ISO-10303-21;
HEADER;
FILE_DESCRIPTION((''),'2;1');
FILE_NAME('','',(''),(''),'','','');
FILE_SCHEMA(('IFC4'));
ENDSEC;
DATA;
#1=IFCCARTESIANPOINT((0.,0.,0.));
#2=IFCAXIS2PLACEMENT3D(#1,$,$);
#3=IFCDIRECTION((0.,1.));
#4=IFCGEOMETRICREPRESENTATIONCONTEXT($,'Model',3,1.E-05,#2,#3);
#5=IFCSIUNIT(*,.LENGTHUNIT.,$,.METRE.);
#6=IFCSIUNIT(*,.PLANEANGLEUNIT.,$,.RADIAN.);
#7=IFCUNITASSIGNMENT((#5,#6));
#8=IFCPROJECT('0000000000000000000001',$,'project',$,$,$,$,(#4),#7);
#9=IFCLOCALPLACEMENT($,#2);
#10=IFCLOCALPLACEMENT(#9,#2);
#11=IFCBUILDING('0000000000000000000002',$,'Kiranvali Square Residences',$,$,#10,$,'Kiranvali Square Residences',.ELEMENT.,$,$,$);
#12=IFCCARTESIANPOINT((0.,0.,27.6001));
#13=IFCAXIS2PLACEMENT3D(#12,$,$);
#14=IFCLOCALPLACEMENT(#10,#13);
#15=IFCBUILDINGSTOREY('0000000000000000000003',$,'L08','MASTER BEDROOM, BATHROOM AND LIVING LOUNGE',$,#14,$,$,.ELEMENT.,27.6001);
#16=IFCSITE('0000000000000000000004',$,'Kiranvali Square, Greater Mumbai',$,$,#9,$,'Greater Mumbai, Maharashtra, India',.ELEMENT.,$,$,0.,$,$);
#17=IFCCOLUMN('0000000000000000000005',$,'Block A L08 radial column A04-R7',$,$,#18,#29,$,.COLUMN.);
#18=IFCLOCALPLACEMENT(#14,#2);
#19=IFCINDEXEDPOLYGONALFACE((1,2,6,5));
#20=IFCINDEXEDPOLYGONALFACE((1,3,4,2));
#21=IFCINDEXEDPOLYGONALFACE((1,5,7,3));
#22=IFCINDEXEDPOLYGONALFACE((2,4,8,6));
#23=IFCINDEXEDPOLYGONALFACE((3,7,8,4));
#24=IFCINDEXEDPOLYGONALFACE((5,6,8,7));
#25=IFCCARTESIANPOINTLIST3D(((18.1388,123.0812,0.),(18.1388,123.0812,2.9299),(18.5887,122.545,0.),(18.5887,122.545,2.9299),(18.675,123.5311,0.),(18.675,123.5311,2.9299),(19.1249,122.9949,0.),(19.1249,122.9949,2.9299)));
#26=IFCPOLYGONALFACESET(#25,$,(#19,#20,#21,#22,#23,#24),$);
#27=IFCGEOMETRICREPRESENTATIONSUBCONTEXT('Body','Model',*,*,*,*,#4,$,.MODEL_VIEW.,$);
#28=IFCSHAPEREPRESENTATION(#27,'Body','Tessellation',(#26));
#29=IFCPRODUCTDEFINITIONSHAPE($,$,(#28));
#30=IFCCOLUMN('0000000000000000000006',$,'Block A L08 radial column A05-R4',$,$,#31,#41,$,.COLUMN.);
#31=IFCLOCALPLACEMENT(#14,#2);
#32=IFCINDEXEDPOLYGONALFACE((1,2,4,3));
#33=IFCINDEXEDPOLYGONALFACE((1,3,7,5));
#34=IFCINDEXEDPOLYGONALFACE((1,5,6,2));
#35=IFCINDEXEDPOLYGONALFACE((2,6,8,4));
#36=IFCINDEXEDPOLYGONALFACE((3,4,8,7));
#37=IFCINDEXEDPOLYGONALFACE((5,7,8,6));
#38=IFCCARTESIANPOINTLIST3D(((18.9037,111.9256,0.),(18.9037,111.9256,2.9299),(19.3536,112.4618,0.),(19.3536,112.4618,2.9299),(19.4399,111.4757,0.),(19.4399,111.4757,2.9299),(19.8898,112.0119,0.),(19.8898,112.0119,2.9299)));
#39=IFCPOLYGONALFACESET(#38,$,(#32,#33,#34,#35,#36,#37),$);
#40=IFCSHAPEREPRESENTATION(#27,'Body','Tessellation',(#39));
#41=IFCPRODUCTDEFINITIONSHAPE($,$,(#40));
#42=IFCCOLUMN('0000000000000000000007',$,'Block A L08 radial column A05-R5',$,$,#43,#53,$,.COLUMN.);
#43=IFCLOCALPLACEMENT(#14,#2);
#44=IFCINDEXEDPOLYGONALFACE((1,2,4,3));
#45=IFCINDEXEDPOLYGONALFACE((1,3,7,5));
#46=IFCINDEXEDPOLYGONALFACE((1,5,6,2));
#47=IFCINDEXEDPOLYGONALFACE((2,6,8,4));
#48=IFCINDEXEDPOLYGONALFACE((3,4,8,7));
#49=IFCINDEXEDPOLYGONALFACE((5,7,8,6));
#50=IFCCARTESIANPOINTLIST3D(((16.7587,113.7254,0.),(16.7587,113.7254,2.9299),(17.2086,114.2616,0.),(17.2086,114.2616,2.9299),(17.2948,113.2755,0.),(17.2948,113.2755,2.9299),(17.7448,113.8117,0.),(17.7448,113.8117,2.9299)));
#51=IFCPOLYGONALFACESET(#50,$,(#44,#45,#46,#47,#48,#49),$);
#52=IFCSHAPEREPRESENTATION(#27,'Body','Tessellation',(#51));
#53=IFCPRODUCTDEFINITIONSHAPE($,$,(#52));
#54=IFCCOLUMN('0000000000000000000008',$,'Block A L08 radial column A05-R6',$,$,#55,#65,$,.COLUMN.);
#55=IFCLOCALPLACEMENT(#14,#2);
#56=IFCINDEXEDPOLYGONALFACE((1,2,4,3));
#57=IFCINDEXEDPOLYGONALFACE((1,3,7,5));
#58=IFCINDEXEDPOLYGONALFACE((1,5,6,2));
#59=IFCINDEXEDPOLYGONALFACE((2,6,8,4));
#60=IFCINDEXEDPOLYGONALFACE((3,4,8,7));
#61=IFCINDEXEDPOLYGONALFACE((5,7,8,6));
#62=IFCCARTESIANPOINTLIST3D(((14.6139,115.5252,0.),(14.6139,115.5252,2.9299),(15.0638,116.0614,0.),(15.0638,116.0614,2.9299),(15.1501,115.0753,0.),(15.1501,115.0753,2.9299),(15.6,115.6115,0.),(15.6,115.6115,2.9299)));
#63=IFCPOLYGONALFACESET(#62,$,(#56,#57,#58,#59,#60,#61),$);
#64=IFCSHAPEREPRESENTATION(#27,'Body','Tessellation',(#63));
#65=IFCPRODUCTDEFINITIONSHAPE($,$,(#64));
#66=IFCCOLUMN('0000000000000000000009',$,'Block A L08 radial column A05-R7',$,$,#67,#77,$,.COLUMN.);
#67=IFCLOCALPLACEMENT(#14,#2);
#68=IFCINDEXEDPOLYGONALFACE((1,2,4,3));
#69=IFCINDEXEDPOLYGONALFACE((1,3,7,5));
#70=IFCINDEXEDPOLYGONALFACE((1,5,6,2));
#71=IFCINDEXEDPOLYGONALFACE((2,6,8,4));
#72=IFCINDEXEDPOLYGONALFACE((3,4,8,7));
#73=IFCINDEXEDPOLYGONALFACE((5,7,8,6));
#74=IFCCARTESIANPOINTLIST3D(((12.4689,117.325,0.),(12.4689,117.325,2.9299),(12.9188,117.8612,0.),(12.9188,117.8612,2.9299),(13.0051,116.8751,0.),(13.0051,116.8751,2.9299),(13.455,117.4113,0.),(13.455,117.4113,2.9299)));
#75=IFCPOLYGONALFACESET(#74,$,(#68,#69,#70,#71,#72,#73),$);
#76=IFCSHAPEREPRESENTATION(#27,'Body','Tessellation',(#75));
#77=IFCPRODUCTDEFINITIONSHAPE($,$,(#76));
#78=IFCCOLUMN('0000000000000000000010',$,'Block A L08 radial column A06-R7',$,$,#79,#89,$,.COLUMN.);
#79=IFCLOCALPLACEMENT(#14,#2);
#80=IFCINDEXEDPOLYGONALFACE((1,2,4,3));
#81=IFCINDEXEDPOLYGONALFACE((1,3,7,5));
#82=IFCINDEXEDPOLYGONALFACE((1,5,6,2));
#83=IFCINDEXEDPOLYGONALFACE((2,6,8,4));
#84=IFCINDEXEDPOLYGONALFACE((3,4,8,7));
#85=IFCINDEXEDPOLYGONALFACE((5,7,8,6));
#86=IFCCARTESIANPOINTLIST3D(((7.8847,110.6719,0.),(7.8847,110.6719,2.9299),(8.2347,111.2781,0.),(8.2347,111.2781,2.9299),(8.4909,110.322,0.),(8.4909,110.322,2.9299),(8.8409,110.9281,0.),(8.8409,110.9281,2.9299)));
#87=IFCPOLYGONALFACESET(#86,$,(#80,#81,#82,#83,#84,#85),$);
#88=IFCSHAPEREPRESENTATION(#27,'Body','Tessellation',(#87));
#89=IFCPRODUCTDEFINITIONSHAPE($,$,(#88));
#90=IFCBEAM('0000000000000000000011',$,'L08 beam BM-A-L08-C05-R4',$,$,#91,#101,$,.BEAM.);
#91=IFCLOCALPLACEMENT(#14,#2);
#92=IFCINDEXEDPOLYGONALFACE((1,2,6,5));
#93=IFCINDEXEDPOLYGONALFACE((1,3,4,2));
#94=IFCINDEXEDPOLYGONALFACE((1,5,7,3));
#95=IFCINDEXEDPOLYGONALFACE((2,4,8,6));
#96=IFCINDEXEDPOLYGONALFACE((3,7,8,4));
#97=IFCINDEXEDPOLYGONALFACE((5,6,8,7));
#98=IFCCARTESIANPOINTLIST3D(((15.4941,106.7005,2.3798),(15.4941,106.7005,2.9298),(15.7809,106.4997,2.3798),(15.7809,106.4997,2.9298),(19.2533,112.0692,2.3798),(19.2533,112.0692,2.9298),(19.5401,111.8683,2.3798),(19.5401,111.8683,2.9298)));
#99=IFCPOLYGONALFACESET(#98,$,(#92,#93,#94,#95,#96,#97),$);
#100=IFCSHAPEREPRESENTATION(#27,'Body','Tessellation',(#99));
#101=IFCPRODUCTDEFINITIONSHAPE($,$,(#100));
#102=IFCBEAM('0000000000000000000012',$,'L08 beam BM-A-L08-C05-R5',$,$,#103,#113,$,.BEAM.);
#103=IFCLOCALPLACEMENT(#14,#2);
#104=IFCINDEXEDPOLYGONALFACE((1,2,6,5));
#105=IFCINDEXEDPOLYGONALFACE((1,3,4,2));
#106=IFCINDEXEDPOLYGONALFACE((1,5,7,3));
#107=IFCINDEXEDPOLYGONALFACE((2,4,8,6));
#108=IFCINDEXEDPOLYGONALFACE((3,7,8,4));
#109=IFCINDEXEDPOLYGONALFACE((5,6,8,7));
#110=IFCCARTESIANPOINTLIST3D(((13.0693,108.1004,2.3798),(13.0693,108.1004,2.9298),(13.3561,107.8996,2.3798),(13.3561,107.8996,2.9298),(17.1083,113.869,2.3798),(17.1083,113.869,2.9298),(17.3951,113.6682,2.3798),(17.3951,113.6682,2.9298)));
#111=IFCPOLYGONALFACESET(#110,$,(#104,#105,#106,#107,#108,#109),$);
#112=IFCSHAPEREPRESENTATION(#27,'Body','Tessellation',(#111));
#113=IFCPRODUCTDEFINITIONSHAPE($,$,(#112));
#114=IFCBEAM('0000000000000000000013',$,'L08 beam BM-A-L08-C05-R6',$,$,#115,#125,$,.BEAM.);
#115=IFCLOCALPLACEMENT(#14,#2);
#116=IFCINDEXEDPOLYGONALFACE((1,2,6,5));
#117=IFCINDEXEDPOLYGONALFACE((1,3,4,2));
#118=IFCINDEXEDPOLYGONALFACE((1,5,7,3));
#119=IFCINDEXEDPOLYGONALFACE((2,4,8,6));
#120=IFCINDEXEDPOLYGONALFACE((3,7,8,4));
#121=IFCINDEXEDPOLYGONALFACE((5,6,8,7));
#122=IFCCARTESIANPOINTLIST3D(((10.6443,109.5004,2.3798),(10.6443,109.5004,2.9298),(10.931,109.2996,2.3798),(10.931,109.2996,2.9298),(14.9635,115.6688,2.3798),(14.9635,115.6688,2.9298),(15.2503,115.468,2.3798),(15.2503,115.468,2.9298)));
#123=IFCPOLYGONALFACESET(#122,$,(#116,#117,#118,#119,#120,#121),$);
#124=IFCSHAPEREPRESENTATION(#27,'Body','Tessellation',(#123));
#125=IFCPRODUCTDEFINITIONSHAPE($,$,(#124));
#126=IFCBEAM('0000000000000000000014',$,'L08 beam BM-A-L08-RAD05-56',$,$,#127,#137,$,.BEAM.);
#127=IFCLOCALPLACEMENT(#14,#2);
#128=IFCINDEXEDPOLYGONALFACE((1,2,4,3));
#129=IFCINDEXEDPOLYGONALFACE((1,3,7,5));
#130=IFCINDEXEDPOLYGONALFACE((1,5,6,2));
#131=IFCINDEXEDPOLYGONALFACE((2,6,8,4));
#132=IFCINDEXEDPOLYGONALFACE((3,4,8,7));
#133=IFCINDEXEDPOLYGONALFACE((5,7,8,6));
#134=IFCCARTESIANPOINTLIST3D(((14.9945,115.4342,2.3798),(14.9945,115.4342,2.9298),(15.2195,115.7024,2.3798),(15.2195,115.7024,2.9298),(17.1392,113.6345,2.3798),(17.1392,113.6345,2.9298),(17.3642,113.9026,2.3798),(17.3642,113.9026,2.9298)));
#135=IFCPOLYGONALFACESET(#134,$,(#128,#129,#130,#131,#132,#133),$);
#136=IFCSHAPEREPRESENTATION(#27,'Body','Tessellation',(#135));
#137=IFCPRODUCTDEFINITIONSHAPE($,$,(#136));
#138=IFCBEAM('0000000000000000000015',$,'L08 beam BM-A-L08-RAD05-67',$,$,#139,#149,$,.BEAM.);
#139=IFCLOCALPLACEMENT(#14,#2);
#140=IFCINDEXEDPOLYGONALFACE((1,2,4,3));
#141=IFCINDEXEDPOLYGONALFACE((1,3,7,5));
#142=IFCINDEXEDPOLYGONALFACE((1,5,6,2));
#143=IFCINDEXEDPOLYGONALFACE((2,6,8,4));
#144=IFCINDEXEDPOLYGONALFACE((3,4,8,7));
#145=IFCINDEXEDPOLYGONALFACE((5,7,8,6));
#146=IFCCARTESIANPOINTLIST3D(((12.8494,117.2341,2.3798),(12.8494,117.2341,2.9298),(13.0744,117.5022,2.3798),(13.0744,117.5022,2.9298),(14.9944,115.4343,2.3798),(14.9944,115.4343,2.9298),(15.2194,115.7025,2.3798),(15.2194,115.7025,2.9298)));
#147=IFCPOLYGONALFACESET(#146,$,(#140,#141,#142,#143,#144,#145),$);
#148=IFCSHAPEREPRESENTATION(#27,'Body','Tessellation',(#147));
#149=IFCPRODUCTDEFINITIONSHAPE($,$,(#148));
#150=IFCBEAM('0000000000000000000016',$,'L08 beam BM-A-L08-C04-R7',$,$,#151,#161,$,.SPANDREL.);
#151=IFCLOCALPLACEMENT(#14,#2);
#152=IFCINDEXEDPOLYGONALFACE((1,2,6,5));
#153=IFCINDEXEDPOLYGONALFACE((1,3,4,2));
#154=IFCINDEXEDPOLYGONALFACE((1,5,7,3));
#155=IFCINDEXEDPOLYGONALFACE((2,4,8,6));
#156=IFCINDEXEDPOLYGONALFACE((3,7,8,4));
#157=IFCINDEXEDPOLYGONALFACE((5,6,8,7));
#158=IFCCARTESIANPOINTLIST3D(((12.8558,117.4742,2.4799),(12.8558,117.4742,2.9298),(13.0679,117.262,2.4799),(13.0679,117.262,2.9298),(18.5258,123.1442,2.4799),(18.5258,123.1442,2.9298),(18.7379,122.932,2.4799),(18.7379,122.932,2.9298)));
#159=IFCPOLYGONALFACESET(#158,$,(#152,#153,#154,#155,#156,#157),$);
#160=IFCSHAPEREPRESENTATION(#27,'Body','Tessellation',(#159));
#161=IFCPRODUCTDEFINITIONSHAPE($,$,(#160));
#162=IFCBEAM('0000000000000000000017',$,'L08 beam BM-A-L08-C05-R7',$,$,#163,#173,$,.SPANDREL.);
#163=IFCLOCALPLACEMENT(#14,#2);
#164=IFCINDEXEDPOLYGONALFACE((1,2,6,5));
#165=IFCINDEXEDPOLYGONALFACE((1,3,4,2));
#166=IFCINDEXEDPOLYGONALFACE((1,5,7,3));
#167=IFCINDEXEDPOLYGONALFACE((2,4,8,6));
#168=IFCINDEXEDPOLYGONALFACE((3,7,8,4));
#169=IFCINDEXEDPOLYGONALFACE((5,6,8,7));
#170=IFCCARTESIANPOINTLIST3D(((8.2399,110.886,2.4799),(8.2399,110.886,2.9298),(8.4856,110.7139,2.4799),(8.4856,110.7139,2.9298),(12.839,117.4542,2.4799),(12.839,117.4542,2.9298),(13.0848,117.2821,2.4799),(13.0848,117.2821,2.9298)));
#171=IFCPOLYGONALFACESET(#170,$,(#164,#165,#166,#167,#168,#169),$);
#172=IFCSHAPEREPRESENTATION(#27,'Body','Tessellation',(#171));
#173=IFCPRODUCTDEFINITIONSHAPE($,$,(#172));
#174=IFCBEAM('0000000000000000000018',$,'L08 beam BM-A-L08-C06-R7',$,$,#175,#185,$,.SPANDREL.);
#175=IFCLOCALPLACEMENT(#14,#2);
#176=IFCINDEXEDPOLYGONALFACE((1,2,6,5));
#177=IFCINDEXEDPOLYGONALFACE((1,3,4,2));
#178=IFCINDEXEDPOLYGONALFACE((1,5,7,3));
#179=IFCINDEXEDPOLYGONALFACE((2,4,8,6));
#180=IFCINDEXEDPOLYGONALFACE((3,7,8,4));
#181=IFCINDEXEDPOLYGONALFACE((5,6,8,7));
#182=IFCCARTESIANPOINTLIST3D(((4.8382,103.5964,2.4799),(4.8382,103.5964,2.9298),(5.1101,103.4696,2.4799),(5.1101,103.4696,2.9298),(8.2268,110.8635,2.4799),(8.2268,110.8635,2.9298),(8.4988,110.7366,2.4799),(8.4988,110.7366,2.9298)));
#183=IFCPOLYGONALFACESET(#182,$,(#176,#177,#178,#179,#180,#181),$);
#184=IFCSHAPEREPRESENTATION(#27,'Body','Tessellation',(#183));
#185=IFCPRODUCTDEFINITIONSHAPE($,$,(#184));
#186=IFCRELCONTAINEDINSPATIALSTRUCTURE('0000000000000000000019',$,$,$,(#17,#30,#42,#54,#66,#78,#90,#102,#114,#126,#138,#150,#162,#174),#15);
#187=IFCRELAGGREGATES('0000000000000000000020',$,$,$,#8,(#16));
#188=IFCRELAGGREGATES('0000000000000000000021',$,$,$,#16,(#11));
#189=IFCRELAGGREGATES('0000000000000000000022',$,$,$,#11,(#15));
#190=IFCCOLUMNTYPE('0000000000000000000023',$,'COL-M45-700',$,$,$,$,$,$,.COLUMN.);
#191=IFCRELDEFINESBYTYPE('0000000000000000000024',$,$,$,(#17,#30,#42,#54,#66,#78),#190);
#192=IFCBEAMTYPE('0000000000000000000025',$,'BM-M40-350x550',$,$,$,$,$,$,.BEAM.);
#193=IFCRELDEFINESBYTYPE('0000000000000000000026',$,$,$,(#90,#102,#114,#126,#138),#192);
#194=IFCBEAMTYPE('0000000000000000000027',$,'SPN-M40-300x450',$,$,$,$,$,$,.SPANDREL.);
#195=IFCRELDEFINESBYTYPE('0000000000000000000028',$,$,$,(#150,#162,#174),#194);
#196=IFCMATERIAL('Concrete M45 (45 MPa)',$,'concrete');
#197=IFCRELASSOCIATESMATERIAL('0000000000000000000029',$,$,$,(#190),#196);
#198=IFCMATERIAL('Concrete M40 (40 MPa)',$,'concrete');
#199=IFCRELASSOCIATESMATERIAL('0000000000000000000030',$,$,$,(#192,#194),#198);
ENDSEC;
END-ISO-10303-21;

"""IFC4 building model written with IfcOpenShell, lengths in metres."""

from ifc_helpers import new_model, si_unit, direction, frame, origin, origin_2d, place, context, subcontext, project, spatial, rectangle, extrude, material, material_profile, profile_set, type_object, element, save


model = new_model("IFC4")

# Units and contexts
model_context = context("Model", 3, precision=1e-05, world=origin(), true_north=direction((0.0, 1.0)))
body_context = subcontext(model_context, "Body", "Model", "MODEL_VIEW")
ifc_project = project(units=[si_unit("LENGTHUNIT", "METRE"), si_unit("PLANEANGLEUNIT", "RADIAN")], contexts=[model_context])

# Site, building, storey
site_placement = place(None, origin())
site = spatial("IfcSite", under=ifc_project, at=site_placement, Name="Kiranvali Square, Greater Mumbai", LongName="Greater Mumbai, Maharashtra, India", CompositionType="ELEMENT", RefElevation=0.0)
building_placement = place(site_placement, origin())
building = spatial("IfcBuilding", under=site, at=building_placement, Name="Kiranvali Square Residences", LongName="Kiranvali Square Residences", CompositionType="ELEMENT")
storey_placement = place(building_placement, frame((0.0, 0.0, 27.6001)))
storey = spatial("IfcBuildingStorey", under=building, at=storey_placement, Name="L08", Description="MASTER BEDROOM, BATHROOM AND LIVING LOUNGE", CompositionType="ELEMENT", Elevation=27.6001)

# Columns
ifc_material_1 = material(Name="Concrete M45 (45 MPa)", Category="concrete")
ifc_material_profile_1 = material_profile(ifc_material_1, rectangle(XDim=0.7, YDim=0.7, at=origin_2d()), Name="RC 700x700")
ifc_profile_set_1 = profile_set([ifc_material_profile_1], Name="Concrete M45 (45 MPa)")
column_type = type_object("IfcColumnType", Name="COL-M45-700", PredefinedType="COLUMN", material=ifc_profile_set_1)
for number, where, z_axis, x_axis, name in (
    (1, (18.6318, 123.0381, 0.0), (0.0, 0.0, 1.0), (0.766044, 0.642788, 0.0), "Block A L08 radial column A04-R7"),
    (2, (19.3967, 111.9688, 0.0), (0.0, 0.0, 1.0), (0.642788, 0.766044, 0.0), "Block A L08 radial column A05-R4"),
    (3, (17.2517, 113.7686, 0.0), (0.0, 0.0, 1.0), (0.642788, 0.766044, 0.0), "Block A L08 radial column A05-R5"),
    (4, (15.1069, 115.5684, 0.0), (0.0, 0.0, 1.0), (0.642788, 0.766044, 0.0), "Block A L08 radial column A05-R6"),
    (5, (12.9619, 117.3682, 0.0), (0.0, 0.0, 1.0), (0.642788, 0.766044, 0.0), "Block A L08 radial column A05-R7"),
    (6, (8.3628, 110.8, 0.0), (0.0, 0.0, 1.0), (0.5, 0.866025, 0.0), "Block A L08 radial column A06-R7"),
):
    element("IfcColumn", number, at=place(storey_placement, frame(where, z_axis=z_axis, x_axis=x_axis)), inside=storey, type_object=column_type, Name=name, PredefinedType="COLUMN", context=body_context, shape_type="SweptSolid", body=[
        extrude(rectangle(XDim=0.7, YDim=0.7, at=origin_2d()), origin(), (0.0, 0.0, 1.0), 2.9299),
    ])

# Beams
ifc_material_2 = material(Name="Concrete M40 (40 MPa)", Category="concrete")
ifc_material_profile_2 = material_profile(ifc_material_2, rectangle(XDim=0.3501, YDim=0.55, at=origin_2d()), Name="RC 350x550")
ifc_profile_set_2 = profile_set([ifc_material_profile_2], Name="Concrete M40 (40 MPa)")
beam_type_1 = type_object("IfcBeamType", Name="BM-M40-350x550", PredefinedType="BEAM", material=ifc_profile_set_2)
beam_1_placement = place(storey_placement, frame((19.3967, 111.9688, 2.6548), z_axis=(-0.573587, -0.819144, 0.0), x_axis=(0.819144, -0.573587, 0.0)))
element("IfcBeam", 7, at=beam_1_placement, inside=storey, type_object=beam_type_1, Name="L08 beam BM-A-L08-C05-R4", PredefinedType="BEAM", context=body_context, shape_type="SweptSolid", body=[
    extrude(rectangle(XDim=0.3501, YDim=0.55, at=origin_2d()), origin(), (0.0, 0.0, 1.0), 6.554),
])
beam_2_placement = place(storey_placement, frame((17.2517, 113.7686, 2.6548), z_axis=(-0.573565, -0.81916, 0.0), x_axis=(0.81916, -0.573565, 0.0)))
element("IfcBeam", 8, at=beam_2_placement, inside=storey, type_object=beam_type_1, Name="L08 beam BM-A-L08-C05-R5", PredefinedType="BEAM", context=body_context, shape_type="SweptSolid", body=[
    extrude(rectangle(XDim=0.3501, YDim=0.55, at=origin_2d()), origin(), (0.0, 0.0, 1.0), 7.042),
])
beam_3_placement = place(storey_placement, frame((15.1069, 115.5684, 2.6548), z_axis=(-0.573589, -0.819144, 0.0), x_axis=(0.819144, -0.573589, 0.0)))
element("IfcBeam", 9, at=beam_3_placement, inside=storey, type_object=beam_type_1, Name="L08 beam BM-A-L08-C05-R6", PredefinedType="BEAM", context=body_context, shape_type="SweptSolid", body=[
    extrude(rectangle(XDim=0.3501, YDim=0.55, at=origin_2d()), origin(), (0.0, 0.0, 1.0), 7.5303),
])
beam_4_placement = place(storey_placement, frame((17.2517, 113.7686, 2.6548), z_axis=(-0.766023, 0.642814, 0.0), x_axis=(-0.642814, -0.766023, 0.0)))
element("IfcBeam", 10, at=beam_4_placement, inside=storey, type_object=beam_type_1, Name="L08 beam BM-A-L08-RAD05-56", PredefinedType="BEAM", context=body_context, shape_type="SweptSolid", body=[
    extrude(rectangle(XDim=0.3501, YDim=0.55, at=origin_2d()), origin(), (0.0, 0.0, 1.0), 2.7998),
])
beam_5_placement = place(storey_placement, frame((15.1069, 115.5684, 2.6548), z_axis=(-0.766059, 0.642771, 0.0), x_axis=(-0.642771, -0.766059, 0.0)))
element("IfcBeam", 11, at=beam_5_placement, inside=storey, type_object=beam_type_1, Name="L08 beam BM-A-L08-RAD05-67", PredefinedType="BEAM", context=body_context, shape_type="SweptSolid", body=[
    extrude(rectangle(XDim=0.3501, YDim=0.55, at=origin_2d()), origin(), (0.0, 0.0, 1.0), 2.8),
])
ifc_material_profile_3 = material_profile(ifc_material_2, rectangle(XDim=0.3, YDim=0.45, at=origin_2d()), Name="RC 300x450")
ifc_profile_set_3 = profile_set([ifc_material_profile_3], Name="Concrete M40 (40 MPa)")
beam_type_2 = type_object("IfcBeamType", Name="SPN-M40-300x450", PredefinedType="SPANDREL", material=ifc_profile_set_3)
beam_6_placement = place(storey_placement, frame((18.6318, 123.0381, 2.7048), z_axis=(-0.707107, -0.707107, 0.0), x_axis=(0.707107, -0.707107, 0.0)))
element("IfcBeam", 12, at=beam_6_placement, inside=storey, type_object=beam_type_2, Name="L08 beam BM-A-L08-C04-R7", PredefinedType="SPANDREL", context=body_context, shape_type="SweptSolid", body=[
    extrude(rectangle(XDim=0.3, YDim=0.45, at=origin_2d()), origin(), (0.0, 0.0, 1.0), 8.0186),
])
for number, where, z_axis, x_axis, name in (
    (13, (12.9619, 117.3682, 2.7048), (-0.573583, -0.819148, 0.0), (0.819148, -0.573583, 0.0), "L08 beam BM-A-L08-C05-R7"),
    (14, (8.3628, 110.8, 2.7048), (-0.422615, -0.906309, 0.0), (0.906309, -0.422615, 0.0), "L08 beam BM-A-L08-C06-R7"),
):
    element("IfcBeam", number, at=place(storey_placement, frame(where, z_axis=z_axis, x_axis=x_axis)), inside=storey, type_object=beam_type_2, Name=name, PredefinedType="SPANDREL", context=body_context, shape_type="SweptSolid", body=[
        extrude(rectangle(XDim=0.3, YDim=0.45, at=origin_2d()), origin(), (0.0, 0.0, 1.0), 8.0183),
    ])

save(model, "model.ifc")
